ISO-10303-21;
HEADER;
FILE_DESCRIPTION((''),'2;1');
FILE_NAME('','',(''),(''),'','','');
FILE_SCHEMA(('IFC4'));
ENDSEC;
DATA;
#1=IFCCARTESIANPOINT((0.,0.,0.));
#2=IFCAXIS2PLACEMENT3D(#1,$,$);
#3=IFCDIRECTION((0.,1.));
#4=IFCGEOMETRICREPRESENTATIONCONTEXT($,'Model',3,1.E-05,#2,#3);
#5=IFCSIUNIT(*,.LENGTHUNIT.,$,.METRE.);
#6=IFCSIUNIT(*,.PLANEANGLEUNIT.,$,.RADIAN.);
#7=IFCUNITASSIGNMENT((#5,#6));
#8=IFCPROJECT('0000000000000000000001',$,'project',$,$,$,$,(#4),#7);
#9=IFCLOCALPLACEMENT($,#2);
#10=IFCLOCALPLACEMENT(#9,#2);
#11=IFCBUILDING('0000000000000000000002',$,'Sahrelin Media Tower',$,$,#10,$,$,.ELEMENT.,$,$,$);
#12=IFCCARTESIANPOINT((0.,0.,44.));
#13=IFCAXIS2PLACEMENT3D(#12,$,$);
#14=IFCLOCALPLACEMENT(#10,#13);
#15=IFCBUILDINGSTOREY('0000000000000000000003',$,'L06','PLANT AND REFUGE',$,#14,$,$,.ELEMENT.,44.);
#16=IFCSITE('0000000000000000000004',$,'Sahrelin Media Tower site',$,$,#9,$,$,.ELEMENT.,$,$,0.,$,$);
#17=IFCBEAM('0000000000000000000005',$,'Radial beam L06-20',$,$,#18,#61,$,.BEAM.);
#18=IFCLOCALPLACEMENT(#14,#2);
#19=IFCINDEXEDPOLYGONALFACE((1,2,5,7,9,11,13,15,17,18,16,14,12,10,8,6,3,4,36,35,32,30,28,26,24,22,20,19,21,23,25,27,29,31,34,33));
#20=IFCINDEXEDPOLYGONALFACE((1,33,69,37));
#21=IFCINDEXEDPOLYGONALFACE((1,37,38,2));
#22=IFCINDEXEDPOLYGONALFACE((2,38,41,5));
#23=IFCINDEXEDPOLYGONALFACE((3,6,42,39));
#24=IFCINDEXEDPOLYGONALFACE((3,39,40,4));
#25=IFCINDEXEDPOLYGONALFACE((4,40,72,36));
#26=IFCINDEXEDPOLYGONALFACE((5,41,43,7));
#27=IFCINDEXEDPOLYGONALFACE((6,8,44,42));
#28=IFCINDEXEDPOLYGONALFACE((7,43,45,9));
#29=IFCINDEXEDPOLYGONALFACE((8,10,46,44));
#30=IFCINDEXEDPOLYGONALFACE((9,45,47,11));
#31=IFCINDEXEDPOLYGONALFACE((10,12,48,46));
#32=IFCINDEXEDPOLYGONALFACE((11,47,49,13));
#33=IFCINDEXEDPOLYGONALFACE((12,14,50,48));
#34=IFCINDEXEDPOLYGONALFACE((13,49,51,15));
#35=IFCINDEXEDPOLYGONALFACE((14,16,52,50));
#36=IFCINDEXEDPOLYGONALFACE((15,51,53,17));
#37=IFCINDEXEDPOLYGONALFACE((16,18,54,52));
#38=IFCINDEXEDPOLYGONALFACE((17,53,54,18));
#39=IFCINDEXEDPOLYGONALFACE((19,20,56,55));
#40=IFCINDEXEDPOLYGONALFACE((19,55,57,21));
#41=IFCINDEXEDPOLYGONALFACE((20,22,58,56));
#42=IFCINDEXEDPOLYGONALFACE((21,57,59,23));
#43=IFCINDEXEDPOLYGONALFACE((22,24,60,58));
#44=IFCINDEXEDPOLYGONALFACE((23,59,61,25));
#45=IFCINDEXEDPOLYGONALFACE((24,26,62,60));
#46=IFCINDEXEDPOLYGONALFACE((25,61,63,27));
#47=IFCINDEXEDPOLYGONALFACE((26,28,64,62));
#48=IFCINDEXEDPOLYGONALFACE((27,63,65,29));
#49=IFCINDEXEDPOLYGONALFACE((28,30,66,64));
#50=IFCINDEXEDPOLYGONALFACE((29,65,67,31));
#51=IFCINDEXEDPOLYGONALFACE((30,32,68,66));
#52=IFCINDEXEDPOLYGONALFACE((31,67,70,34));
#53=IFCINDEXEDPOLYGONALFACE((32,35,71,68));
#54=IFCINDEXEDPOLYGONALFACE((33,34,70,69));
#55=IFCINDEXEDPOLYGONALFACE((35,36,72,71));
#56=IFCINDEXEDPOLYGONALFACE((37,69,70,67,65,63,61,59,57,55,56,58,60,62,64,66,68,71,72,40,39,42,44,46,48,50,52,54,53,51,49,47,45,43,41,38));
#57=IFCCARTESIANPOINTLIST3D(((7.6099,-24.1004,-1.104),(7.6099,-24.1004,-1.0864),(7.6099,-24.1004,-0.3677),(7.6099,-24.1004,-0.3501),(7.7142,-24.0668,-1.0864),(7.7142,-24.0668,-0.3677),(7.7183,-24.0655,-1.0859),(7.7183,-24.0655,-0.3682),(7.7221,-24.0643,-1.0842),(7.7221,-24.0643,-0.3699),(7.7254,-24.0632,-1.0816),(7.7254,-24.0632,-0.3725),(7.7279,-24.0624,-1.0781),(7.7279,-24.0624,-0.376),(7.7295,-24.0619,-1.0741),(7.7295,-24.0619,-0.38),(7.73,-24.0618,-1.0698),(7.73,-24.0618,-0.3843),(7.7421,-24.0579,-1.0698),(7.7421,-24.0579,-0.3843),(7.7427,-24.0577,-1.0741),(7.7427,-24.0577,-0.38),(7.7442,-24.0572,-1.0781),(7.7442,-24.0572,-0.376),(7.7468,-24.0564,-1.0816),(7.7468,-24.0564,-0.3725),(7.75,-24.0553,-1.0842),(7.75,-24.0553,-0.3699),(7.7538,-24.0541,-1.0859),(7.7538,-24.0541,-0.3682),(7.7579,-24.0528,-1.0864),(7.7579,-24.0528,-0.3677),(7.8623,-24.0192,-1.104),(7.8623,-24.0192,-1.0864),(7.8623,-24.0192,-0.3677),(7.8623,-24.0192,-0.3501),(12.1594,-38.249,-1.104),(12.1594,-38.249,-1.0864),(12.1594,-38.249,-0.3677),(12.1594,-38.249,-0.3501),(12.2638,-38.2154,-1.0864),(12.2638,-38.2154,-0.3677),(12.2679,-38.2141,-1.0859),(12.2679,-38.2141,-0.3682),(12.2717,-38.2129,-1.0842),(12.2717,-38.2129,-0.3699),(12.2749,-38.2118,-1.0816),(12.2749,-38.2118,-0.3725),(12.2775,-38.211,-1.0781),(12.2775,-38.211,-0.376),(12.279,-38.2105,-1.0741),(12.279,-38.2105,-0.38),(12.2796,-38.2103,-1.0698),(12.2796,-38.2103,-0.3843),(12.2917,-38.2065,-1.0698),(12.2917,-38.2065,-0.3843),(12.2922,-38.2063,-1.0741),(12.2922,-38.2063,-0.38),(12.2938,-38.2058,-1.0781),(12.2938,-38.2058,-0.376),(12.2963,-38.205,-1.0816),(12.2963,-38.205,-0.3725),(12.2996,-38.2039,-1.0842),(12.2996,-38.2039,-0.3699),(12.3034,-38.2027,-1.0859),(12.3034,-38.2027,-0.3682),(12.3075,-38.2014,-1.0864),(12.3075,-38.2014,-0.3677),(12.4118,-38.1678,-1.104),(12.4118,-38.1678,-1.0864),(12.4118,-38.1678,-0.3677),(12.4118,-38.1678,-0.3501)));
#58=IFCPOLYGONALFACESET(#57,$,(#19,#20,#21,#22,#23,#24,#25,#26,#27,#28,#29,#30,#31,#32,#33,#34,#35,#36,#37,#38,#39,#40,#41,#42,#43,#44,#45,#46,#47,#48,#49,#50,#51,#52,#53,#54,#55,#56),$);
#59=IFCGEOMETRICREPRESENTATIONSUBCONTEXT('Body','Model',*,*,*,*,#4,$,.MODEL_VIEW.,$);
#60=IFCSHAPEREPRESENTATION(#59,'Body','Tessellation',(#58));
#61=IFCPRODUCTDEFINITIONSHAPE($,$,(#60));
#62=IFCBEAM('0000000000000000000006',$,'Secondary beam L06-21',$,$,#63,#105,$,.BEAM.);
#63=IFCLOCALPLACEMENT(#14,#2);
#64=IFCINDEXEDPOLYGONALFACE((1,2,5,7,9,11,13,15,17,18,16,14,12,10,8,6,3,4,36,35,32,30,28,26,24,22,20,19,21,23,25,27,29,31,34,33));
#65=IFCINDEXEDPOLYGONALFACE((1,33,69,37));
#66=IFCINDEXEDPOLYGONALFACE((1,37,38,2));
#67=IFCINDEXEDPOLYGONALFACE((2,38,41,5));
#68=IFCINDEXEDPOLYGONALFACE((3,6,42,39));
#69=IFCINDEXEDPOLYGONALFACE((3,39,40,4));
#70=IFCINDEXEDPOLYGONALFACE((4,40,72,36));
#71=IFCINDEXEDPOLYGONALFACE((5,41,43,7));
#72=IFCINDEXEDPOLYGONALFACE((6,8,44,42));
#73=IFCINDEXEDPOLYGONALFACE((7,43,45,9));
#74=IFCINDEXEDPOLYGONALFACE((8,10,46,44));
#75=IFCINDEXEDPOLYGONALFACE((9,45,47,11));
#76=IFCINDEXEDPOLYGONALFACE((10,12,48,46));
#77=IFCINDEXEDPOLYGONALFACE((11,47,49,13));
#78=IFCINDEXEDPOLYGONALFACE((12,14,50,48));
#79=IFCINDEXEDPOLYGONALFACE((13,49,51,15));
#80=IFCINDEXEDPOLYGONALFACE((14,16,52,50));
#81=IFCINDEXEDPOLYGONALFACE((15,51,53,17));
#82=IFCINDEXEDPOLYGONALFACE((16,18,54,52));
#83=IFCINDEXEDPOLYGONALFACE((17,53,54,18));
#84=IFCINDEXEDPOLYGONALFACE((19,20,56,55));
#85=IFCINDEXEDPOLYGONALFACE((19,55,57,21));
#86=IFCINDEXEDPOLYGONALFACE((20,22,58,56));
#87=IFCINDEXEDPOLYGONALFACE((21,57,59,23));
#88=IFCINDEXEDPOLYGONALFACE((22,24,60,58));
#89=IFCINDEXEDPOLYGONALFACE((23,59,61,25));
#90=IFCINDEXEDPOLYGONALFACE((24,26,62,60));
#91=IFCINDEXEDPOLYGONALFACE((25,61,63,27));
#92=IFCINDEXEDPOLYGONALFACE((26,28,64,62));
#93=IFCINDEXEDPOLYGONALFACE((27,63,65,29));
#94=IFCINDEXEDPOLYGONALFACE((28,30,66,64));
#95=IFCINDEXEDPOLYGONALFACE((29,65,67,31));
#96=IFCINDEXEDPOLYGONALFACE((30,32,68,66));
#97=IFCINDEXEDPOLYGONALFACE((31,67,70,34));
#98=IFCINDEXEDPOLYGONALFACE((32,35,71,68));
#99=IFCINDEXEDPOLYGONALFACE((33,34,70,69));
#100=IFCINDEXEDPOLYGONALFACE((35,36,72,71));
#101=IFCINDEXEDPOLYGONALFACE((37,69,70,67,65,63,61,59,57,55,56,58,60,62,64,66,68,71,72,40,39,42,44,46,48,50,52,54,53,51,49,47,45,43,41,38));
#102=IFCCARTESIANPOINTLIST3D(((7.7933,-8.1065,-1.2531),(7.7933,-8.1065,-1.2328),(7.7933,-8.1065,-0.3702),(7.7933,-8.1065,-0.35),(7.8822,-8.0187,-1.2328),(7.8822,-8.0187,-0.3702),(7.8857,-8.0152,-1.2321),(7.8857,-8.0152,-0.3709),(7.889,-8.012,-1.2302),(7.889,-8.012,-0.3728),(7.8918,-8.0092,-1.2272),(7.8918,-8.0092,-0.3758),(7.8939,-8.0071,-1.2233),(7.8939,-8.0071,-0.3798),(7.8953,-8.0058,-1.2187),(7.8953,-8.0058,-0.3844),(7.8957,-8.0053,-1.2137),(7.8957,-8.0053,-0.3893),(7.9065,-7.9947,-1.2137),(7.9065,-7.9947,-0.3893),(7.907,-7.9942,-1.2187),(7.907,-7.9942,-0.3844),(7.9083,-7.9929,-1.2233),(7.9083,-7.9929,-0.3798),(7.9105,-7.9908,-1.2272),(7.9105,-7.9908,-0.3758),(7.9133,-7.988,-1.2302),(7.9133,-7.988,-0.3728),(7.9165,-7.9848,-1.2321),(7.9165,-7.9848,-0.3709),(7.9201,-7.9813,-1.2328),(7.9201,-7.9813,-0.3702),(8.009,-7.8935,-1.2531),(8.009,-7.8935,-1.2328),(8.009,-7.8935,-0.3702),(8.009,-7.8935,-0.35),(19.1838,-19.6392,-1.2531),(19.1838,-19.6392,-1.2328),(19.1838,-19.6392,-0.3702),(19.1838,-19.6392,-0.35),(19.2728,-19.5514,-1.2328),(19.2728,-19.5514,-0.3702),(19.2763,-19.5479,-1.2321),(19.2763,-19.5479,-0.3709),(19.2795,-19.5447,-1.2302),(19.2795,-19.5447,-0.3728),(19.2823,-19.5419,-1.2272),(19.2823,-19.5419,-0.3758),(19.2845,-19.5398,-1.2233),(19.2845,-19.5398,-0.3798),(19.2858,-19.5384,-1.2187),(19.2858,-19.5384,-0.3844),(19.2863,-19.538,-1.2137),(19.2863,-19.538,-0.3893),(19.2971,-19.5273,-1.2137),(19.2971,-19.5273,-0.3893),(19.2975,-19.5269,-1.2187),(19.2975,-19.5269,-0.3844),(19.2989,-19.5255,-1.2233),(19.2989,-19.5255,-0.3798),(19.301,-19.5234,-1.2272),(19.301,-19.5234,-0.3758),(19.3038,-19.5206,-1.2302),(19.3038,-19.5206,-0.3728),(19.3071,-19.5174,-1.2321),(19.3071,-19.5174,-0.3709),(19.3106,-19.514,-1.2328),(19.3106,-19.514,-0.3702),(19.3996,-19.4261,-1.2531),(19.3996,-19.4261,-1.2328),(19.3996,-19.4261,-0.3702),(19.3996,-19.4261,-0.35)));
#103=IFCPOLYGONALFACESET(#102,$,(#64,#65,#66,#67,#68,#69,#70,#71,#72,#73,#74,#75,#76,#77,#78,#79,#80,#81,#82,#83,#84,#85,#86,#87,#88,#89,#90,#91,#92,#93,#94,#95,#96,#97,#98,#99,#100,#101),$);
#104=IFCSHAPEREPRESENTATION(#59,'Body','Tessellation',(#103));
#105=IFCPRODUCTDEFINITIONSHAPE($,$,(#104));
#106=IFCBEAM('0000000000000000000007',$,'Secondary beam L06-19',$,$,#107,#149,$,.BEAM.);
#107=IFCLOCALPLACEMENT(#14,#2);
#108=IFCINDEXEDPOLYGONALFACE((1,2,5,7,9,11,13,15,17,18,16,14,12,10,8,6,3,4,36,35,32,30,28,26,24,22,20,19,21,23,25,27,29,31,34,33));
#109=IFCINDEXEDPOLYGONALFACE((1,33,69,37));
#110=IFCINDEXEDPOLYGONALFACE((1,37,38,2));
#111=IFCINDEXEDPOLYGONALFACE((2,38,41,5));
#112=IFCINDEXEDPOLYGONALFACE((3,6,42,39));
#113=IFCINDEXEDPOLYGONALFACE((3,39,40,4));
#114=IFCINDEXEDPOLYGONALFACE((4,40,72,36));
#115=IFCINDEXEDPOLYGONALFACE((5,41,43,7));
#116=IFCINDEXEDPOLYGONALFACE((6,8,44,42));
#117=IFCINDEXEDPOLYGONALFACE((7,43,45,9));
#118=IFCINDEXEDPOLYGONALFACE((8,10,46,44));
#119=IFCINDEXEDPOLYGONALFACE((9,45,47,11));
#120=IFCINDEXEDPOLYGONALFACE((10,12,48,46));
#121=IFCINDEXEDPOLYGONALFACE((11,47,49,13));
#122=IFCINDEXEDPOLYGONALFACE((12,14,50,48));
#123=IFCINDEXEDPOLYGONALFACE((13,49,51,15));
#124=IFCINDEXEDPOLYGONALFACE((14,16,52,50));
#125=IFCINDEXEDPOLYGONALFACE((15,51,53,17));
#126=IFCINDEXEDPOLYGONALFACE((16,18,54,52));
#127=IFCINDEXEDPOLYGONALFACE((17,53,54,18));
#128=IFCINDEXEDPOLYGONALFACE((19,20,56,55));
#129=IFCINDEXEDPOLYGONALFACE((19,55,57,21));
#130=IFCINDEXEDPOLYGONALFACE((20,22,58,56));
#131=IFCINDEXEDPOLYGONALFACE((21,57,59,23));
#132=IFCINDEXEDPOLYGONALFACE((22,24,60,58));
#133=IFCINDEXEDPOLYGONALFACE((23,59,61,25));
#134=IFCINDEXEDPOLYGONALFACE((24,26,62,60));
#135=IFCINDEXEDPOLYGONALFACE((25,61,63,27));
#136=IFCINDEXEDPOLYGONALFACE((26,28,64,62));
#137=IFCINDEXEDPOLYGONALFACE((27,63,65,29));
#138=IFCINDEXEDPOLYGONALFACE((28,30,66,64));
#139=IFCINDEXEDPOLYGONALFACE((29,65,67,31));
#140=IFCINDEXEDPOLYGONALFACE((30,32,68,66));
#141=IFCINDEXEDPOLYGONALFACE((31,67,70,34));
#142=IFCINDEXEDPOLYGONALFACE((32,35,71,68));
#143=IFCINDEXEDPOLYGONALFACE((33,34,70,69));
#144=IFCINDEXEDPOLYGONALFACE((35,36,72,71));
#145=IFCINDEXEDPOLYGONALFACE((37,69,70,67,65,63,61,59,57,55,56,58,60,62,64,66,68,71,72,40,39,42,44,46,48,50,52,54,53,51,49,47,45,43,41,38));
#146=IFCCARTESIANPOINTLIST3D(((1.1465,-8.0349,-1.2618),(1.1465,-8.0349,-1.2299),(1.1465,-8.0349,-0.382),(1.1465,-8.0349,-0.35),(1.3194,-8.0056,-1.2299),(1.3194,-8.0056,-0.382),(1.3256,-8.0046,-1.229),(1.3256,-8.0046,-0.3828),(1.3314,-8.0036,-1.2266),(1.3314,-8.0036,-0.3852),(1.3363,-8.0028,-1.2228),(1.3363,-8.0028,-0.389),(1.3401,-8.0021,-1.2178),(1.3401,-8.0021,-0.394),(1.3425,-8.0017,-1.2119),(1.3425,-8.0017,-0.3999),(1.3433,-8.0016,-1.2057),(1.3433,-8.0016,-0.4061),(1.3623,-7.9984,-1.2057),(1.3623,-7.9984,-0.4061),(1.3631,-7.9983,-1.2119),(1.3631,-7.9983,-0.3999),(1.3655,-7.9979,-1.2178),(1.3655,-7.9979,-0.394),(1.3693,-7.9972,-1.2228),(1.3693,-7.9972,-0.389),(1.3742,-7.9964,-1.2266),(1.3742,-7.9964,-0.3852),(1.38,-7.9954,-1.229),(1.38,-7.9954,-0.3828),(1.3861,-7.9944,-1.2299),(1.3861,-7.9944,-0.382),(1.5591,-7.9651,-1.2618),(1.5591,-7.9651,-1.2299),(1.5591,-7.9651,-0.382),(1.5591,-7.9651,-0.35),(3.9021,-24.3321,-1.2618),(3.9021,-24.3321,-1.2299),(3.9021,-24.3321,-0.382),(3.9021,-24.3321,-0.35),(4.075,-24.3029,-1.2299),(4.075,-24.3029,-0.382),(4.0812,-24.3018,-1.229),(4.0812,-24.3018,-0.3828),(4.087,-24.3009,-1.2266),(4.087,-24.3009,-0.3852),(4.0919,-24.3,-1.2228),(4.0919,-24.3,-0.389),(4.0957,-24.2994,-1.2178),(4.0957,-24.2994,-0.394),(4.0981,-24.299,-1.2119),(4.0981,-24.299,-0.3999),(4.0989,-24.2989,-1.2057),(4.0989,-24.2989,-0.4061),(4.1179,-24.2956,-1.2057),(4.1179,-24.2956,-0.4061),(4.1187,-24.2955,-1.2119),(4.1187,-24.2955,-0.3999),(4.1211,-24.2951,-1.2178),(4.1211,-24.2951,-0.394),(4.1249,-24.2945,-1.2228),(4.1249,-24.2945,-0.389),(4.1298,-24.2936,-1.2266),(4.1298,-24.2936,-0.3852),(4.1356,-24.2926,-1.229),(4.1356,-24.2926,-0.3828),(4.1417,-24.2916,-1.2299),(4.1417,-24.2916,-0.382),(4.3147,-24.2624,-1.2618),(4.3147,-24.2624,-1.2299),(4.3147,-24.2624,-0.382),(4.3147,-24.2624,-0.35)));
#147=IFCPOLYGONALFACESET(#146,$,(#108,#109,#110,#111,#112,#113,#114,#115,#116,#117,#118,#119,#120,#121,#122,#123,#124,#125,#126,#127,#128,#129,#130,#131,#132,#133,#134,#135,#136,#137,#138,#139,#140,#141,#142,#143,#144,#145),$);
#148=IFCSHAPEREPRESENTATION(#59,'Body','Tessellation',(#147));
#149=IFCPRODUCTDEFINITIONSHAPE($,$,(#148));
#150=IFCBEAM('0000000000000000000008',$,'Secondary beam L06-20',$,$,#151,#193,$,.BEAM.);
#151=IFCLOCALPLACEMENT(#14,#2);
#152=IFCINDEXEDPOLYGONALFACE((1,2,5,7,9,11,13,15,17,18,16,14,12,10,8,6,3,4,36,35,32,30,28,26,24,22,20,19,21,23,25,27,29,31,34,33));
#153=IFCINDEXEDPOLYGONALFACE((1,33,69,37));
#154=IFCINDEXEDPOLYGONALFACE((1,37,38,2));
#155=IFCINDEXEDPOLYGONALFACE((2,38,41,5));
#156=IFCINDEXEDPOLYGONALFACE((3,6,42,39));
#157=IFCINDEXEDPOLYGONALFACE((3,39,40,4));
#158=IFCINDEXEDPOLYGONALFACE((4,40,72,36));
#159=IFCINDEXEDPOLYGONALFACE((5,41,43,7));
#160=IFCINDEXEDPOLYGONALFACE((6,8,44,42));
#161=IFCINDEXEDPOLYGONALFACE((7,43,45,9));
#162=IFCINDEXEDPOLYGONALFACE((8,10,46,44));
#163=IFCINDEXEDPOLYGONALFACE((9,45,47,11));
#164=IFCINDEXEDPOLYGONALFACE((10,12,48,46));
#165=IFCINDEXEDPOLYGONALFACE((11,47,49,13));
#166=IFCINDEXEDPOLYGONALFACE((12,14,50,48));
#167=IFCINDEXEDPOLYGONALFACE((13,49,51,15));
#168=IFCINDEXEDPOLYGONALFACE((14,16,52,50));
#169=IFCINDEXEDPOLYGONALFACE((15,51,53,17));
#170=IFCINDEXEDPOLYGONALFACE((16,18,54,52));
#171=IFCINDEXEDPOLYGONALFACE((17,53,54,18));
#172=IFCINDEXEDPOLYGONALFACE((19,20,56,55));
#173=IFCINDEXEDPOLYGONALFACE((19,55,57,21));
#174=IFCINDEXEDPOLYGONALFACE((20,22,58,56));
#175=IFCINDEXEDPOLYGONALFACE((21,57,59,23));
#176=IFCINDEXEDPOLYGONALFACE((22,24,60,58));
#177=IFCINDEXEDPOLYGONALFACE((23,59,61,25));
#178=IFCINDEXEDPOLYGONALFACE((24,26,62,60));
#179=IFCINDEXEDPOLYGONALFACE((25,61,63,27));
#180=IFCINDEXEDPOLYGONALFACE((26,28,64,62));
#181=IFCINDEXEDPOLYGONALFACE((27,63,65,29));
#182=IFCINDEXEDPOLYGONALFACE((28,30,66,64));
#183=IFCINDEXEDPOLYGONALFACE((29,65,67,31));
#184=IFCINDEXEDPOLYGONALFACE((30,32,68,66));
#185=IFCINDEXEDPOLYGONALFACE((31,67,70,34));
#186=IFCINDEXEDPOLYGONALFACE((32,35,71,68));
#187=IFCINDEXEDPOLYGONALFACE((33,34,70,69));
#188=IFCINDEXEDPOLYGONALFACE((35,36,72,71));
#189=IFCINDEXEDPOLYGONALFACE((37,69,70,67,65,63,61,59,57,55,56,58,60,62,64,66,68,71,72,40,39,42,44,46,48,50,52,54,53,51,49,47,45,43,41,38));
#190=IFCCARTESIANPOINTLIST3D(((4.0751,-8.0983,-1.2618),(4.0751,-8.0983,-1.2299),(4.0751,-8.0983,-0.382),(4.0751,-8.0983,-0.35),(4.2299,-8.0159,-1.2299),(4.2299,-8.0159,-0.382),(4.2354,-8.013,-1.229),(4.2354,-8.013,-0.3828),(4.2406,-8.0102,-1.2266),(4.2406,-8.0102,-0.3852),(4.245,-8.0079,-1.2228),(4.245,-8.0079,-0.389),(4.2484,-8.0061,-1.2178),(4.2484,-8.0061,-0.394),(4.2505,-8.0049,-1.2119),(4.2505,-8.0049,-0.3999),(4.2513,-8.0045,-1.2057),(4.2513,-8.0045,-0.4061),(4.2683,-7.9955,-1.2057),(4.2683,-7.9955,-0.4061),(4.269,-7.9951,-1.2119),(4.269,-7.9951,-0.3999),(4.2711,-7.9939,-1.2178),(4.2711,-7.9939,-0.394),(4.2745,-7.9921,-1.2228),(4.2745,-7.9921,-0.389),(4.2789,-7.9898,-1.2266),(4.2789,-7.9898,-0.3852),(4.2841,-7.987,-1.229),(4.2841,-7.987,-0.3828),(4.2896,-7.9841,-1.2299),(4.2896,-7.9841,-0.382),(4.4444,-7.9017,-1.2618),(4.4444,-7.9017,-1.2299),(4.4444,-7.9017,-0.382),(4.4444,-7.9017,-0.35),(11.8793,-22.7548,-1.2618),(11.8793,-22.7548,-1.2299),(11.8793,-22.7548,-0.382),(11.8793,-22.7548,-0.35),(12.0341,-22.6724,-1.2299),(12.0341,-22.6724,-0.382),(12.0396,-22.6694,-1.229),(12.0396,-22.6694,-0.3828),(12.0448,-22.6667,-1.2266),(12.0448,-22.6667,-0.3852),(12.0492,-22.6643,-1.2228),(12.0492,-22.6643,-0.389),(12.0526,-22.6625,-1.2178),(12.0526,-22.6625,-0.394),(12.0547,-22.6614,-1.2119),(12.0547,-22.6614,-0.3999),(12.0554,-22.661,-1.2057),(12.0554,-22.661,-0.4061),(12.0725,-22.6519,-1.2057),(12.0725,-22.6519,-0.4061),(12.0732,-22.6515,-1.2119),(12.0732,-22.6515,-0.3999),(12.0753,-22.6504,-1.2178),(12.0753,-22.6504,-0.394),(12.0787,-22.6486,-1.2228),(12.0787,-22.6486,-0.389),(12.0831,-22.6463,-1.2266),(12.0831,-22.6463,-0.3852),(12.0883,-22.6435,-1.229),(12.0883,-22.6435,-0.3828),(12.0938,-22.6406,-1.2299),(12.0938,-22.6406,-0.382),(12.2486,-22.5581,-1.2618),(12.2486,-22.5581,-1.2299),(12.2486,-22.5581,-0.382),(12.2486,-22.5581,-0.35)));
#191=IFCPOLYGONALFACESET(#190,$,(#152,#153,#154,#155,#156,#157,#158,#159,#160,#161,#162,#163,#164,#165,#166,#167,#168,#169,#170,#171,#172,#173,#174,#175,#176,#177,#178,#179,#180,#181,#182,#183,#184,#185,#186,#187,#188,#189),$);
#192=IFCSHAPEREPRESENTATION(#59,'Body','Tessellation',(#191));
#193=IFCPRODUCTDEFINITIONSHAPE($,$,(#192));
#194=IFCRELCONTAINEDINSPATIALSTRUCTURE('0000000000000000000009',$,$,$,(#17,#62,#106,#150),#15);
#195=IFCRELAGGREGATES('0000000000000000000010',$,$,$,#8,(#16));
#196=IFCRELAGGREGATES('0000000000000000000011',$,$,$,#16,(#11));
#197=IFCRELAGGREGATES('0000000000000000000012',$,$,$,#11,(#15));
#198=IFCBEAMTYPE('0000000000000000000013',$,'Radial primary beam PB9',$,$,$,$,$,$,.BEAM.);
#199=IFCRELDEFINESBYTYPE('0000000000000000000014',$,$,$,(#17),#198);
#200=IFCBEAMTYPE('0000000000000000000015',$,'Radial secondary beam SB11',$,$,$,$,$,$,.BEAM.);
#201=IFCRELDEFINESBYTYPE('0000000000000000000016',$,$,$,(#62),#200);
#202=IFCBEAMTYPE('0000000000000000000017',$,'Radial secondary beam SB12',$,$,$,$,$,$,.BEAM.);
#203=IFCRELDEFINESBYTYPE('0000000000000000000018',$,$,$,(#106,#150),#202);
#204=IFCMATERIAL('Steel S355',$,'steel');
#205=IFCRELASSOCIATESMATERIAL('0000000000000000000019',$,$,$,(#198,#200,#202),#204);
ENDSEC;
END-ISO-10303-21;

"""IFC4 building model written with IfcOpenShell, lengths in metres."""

from ifc_helpers import new_model, si_unit, direction, frame, origin, origin_2d, place, context, subcontext, project, spatial, i_section, extrude, material, material_profile, profile_set, type_object, element, save


model = new_model("IFC4")

# Units and contexts
model_context = context("Model", 3, precision=1e-05, world=origin(), true_north=direction((0.0, 1.0)))
body_context = subcontext(model_context, "Body", "Model", "MODEL_VIEW")
ifc_project = project(units=[si_unit("LENGTHUNIT", "METRE"), si_unit("PLANEANGLEUNIT", "RADIAN")], contexts=[model_context])

# Site, building, storey
site_placement = place(None, origin())
site = spatial("IfcSite", under=ifc_project, at=site_placement, Name="Sahrelin Media Tower site", CompositionType="ELEMENT", RefElevation=0.0)
building_placement = place(site_placement, origin())
building = spatial("IfcBuilding", under=site, at=building_placement, Name="Sahrelin Media Tower", CompositionType="ELEMENT")
storey_placement = place(building_placement, frame((0.0, 0.0, 44.0)))
storey = spatial("IfcBuildingStorey", under=building, at=storey_placement, Name="L06", Description="PLANT AND REFUGE", CompositionType="ELEMENT", Elevation=44.0)

# Beams
ifc_material_1 = material(Name="Steel S355", Category="steel")
ifc_material_profile_1 = material_profile(ifc_material_1, i_section(OverallWidth=0.2651, OverallDepth=0.7539, WebThickness=0.0127, FlangeThickness=0.0176, FilletRadius=0.0166, at=origin_2d()), Name="UB 762x267x147")
ifc_profile_set_1 = profile_set([ifc_material_profile_1], Name="Steel S355")
beam_type_1 = type_object("IfcBeamType", Name="Radial primary beam PB9", PredefinedType="BEAM", material=ifc_profile_set_1)
beam_1_placement = place(storey_placement, frame((7.7361, -24.0598, -0.7271), z_axis=(0.306117, -0.951994, 0.0), x_axis=(0.951994, 0.306117, 0.0)))
element("IfcBeam", 1, at=beam_1_placement, inside=storey, type_object=beam_type_1, Name="Radial beam L06-20", PredefinedType="BEAM", context=body_context, shape_type="SweptSolid", body=[
    extrude(i_section(OverallWidth=0.2651, OverallDepth=0.7539, WebThickness=0.0127, FlangeThickness=0.0176, FilletRadius=0.0166, at=origin_2d()), origin(), (0.0, 0.0, 1.0), 14.8621),
])
ifc_material_profile_2 = material_profile(ifc_material_1, i_section(OverallWidth=0.3032, OverallDepth=0.9031, WebThickness=0.0151, FlangeThickness=0.0203, FilletRadius=0.019, at=origin_2d()), Name="UB 914x305x201")
ifc_profile_set_2 = profile_set([ifc_material_profile_2], Name="Steel S355")
beam_type_2 = type_object("IfcBeamType", Name="Radial secondary beam SB11", PredefinedType="BEAM", material=ifc_profile_set_2)
beam_2_placement = place(storey_placement, frame((7.9011, -8.0, -0.8015), z_axis=(0.70271, -0.711476, 0.0), x_axis=(0.711476, 0.70271, 0.0)))
element("IfcBeam", 2, at=beam_2_placement, inside=storey, type_object=beam_type_2, Name="Secondary beam L06-21", PredefinedType="BEAM", context=body_context, shape_type="SweptSolid", body=[
    extrude(i_section(OverallWidth=0.3032, OverallDepth=0.9031, WebThickness=0.0151, FlangeThickness=0.0203, FilletRadius=0.019, at=origin_2d()), origin(), (0.0, 0.0, 1.0), 16.2095),
])
ifc_material_profile_3 = material_profile(ifc_material_1, i_section(OverallWidth=0.4185, OverallDepth=0.9119, WebThickness=0.0193, FlangeThickness=0.032, FilletRadius=0.0242, at=origin_2d()), Name="UB 914x419x343")
ifc_profile_set_3 = profile_set([ifc_material_profile_3], Name="Steel S355")
beam_type_3 = type_object("IfcBeamType", Name="Radial secondary beam SB12", PredefinedType="BEAM", material=ifc_profile_set_3)
beam_3_placement = place(storey_placement, frame((1.3528, -8.0, -0.8059), z_axis=(0.166717, -0.986005, 0.0), x_axis=(0.986005, 0.166717, 0.0)))
element("IfcBeam", 3, at=beam_3_placement, inside=storey, type_object=beam_type_3, Name="Secondary beam L06-19", PredefinedType="BEAM", context=body_context, shape_type="SweptSolid", body=[
    extrude(i_section(OverallWidth=0.4185, OverallDepth=0.9119, WebThickness=0.0193, FlangeThickness=0.032, FilletRadius=0.0242, at=origin_2d()), origin(), (0.0, 0.0, 1.0), 16.5286),
])
beam_4_placement = place(storey_placement, frame((4.2598, -8.0, -0.8059), z_axis=(0.469997, -0.882668, 0.0), x_axis=(0.882668, 0.469997, 0.0)))
element("IfcBeam", 4, at=beam_4_placement, inside=storey, type_object=beam_type_3, Name="Secondary beam L06-20", PredefinedType="BEAM", context=body_context, shape_type="SweptSolid", body=[
    extrude(i_section(OverallWidth=0.4185, OverallDepth=0.9119, WebThickness=0.0193, FlangeThickness=0.032, FilletRadius=0.0242, at=origin_2d()), origin(), (0.0, 0.0, 1.0), 16.6047),
])

save(model, "model.ifc")
